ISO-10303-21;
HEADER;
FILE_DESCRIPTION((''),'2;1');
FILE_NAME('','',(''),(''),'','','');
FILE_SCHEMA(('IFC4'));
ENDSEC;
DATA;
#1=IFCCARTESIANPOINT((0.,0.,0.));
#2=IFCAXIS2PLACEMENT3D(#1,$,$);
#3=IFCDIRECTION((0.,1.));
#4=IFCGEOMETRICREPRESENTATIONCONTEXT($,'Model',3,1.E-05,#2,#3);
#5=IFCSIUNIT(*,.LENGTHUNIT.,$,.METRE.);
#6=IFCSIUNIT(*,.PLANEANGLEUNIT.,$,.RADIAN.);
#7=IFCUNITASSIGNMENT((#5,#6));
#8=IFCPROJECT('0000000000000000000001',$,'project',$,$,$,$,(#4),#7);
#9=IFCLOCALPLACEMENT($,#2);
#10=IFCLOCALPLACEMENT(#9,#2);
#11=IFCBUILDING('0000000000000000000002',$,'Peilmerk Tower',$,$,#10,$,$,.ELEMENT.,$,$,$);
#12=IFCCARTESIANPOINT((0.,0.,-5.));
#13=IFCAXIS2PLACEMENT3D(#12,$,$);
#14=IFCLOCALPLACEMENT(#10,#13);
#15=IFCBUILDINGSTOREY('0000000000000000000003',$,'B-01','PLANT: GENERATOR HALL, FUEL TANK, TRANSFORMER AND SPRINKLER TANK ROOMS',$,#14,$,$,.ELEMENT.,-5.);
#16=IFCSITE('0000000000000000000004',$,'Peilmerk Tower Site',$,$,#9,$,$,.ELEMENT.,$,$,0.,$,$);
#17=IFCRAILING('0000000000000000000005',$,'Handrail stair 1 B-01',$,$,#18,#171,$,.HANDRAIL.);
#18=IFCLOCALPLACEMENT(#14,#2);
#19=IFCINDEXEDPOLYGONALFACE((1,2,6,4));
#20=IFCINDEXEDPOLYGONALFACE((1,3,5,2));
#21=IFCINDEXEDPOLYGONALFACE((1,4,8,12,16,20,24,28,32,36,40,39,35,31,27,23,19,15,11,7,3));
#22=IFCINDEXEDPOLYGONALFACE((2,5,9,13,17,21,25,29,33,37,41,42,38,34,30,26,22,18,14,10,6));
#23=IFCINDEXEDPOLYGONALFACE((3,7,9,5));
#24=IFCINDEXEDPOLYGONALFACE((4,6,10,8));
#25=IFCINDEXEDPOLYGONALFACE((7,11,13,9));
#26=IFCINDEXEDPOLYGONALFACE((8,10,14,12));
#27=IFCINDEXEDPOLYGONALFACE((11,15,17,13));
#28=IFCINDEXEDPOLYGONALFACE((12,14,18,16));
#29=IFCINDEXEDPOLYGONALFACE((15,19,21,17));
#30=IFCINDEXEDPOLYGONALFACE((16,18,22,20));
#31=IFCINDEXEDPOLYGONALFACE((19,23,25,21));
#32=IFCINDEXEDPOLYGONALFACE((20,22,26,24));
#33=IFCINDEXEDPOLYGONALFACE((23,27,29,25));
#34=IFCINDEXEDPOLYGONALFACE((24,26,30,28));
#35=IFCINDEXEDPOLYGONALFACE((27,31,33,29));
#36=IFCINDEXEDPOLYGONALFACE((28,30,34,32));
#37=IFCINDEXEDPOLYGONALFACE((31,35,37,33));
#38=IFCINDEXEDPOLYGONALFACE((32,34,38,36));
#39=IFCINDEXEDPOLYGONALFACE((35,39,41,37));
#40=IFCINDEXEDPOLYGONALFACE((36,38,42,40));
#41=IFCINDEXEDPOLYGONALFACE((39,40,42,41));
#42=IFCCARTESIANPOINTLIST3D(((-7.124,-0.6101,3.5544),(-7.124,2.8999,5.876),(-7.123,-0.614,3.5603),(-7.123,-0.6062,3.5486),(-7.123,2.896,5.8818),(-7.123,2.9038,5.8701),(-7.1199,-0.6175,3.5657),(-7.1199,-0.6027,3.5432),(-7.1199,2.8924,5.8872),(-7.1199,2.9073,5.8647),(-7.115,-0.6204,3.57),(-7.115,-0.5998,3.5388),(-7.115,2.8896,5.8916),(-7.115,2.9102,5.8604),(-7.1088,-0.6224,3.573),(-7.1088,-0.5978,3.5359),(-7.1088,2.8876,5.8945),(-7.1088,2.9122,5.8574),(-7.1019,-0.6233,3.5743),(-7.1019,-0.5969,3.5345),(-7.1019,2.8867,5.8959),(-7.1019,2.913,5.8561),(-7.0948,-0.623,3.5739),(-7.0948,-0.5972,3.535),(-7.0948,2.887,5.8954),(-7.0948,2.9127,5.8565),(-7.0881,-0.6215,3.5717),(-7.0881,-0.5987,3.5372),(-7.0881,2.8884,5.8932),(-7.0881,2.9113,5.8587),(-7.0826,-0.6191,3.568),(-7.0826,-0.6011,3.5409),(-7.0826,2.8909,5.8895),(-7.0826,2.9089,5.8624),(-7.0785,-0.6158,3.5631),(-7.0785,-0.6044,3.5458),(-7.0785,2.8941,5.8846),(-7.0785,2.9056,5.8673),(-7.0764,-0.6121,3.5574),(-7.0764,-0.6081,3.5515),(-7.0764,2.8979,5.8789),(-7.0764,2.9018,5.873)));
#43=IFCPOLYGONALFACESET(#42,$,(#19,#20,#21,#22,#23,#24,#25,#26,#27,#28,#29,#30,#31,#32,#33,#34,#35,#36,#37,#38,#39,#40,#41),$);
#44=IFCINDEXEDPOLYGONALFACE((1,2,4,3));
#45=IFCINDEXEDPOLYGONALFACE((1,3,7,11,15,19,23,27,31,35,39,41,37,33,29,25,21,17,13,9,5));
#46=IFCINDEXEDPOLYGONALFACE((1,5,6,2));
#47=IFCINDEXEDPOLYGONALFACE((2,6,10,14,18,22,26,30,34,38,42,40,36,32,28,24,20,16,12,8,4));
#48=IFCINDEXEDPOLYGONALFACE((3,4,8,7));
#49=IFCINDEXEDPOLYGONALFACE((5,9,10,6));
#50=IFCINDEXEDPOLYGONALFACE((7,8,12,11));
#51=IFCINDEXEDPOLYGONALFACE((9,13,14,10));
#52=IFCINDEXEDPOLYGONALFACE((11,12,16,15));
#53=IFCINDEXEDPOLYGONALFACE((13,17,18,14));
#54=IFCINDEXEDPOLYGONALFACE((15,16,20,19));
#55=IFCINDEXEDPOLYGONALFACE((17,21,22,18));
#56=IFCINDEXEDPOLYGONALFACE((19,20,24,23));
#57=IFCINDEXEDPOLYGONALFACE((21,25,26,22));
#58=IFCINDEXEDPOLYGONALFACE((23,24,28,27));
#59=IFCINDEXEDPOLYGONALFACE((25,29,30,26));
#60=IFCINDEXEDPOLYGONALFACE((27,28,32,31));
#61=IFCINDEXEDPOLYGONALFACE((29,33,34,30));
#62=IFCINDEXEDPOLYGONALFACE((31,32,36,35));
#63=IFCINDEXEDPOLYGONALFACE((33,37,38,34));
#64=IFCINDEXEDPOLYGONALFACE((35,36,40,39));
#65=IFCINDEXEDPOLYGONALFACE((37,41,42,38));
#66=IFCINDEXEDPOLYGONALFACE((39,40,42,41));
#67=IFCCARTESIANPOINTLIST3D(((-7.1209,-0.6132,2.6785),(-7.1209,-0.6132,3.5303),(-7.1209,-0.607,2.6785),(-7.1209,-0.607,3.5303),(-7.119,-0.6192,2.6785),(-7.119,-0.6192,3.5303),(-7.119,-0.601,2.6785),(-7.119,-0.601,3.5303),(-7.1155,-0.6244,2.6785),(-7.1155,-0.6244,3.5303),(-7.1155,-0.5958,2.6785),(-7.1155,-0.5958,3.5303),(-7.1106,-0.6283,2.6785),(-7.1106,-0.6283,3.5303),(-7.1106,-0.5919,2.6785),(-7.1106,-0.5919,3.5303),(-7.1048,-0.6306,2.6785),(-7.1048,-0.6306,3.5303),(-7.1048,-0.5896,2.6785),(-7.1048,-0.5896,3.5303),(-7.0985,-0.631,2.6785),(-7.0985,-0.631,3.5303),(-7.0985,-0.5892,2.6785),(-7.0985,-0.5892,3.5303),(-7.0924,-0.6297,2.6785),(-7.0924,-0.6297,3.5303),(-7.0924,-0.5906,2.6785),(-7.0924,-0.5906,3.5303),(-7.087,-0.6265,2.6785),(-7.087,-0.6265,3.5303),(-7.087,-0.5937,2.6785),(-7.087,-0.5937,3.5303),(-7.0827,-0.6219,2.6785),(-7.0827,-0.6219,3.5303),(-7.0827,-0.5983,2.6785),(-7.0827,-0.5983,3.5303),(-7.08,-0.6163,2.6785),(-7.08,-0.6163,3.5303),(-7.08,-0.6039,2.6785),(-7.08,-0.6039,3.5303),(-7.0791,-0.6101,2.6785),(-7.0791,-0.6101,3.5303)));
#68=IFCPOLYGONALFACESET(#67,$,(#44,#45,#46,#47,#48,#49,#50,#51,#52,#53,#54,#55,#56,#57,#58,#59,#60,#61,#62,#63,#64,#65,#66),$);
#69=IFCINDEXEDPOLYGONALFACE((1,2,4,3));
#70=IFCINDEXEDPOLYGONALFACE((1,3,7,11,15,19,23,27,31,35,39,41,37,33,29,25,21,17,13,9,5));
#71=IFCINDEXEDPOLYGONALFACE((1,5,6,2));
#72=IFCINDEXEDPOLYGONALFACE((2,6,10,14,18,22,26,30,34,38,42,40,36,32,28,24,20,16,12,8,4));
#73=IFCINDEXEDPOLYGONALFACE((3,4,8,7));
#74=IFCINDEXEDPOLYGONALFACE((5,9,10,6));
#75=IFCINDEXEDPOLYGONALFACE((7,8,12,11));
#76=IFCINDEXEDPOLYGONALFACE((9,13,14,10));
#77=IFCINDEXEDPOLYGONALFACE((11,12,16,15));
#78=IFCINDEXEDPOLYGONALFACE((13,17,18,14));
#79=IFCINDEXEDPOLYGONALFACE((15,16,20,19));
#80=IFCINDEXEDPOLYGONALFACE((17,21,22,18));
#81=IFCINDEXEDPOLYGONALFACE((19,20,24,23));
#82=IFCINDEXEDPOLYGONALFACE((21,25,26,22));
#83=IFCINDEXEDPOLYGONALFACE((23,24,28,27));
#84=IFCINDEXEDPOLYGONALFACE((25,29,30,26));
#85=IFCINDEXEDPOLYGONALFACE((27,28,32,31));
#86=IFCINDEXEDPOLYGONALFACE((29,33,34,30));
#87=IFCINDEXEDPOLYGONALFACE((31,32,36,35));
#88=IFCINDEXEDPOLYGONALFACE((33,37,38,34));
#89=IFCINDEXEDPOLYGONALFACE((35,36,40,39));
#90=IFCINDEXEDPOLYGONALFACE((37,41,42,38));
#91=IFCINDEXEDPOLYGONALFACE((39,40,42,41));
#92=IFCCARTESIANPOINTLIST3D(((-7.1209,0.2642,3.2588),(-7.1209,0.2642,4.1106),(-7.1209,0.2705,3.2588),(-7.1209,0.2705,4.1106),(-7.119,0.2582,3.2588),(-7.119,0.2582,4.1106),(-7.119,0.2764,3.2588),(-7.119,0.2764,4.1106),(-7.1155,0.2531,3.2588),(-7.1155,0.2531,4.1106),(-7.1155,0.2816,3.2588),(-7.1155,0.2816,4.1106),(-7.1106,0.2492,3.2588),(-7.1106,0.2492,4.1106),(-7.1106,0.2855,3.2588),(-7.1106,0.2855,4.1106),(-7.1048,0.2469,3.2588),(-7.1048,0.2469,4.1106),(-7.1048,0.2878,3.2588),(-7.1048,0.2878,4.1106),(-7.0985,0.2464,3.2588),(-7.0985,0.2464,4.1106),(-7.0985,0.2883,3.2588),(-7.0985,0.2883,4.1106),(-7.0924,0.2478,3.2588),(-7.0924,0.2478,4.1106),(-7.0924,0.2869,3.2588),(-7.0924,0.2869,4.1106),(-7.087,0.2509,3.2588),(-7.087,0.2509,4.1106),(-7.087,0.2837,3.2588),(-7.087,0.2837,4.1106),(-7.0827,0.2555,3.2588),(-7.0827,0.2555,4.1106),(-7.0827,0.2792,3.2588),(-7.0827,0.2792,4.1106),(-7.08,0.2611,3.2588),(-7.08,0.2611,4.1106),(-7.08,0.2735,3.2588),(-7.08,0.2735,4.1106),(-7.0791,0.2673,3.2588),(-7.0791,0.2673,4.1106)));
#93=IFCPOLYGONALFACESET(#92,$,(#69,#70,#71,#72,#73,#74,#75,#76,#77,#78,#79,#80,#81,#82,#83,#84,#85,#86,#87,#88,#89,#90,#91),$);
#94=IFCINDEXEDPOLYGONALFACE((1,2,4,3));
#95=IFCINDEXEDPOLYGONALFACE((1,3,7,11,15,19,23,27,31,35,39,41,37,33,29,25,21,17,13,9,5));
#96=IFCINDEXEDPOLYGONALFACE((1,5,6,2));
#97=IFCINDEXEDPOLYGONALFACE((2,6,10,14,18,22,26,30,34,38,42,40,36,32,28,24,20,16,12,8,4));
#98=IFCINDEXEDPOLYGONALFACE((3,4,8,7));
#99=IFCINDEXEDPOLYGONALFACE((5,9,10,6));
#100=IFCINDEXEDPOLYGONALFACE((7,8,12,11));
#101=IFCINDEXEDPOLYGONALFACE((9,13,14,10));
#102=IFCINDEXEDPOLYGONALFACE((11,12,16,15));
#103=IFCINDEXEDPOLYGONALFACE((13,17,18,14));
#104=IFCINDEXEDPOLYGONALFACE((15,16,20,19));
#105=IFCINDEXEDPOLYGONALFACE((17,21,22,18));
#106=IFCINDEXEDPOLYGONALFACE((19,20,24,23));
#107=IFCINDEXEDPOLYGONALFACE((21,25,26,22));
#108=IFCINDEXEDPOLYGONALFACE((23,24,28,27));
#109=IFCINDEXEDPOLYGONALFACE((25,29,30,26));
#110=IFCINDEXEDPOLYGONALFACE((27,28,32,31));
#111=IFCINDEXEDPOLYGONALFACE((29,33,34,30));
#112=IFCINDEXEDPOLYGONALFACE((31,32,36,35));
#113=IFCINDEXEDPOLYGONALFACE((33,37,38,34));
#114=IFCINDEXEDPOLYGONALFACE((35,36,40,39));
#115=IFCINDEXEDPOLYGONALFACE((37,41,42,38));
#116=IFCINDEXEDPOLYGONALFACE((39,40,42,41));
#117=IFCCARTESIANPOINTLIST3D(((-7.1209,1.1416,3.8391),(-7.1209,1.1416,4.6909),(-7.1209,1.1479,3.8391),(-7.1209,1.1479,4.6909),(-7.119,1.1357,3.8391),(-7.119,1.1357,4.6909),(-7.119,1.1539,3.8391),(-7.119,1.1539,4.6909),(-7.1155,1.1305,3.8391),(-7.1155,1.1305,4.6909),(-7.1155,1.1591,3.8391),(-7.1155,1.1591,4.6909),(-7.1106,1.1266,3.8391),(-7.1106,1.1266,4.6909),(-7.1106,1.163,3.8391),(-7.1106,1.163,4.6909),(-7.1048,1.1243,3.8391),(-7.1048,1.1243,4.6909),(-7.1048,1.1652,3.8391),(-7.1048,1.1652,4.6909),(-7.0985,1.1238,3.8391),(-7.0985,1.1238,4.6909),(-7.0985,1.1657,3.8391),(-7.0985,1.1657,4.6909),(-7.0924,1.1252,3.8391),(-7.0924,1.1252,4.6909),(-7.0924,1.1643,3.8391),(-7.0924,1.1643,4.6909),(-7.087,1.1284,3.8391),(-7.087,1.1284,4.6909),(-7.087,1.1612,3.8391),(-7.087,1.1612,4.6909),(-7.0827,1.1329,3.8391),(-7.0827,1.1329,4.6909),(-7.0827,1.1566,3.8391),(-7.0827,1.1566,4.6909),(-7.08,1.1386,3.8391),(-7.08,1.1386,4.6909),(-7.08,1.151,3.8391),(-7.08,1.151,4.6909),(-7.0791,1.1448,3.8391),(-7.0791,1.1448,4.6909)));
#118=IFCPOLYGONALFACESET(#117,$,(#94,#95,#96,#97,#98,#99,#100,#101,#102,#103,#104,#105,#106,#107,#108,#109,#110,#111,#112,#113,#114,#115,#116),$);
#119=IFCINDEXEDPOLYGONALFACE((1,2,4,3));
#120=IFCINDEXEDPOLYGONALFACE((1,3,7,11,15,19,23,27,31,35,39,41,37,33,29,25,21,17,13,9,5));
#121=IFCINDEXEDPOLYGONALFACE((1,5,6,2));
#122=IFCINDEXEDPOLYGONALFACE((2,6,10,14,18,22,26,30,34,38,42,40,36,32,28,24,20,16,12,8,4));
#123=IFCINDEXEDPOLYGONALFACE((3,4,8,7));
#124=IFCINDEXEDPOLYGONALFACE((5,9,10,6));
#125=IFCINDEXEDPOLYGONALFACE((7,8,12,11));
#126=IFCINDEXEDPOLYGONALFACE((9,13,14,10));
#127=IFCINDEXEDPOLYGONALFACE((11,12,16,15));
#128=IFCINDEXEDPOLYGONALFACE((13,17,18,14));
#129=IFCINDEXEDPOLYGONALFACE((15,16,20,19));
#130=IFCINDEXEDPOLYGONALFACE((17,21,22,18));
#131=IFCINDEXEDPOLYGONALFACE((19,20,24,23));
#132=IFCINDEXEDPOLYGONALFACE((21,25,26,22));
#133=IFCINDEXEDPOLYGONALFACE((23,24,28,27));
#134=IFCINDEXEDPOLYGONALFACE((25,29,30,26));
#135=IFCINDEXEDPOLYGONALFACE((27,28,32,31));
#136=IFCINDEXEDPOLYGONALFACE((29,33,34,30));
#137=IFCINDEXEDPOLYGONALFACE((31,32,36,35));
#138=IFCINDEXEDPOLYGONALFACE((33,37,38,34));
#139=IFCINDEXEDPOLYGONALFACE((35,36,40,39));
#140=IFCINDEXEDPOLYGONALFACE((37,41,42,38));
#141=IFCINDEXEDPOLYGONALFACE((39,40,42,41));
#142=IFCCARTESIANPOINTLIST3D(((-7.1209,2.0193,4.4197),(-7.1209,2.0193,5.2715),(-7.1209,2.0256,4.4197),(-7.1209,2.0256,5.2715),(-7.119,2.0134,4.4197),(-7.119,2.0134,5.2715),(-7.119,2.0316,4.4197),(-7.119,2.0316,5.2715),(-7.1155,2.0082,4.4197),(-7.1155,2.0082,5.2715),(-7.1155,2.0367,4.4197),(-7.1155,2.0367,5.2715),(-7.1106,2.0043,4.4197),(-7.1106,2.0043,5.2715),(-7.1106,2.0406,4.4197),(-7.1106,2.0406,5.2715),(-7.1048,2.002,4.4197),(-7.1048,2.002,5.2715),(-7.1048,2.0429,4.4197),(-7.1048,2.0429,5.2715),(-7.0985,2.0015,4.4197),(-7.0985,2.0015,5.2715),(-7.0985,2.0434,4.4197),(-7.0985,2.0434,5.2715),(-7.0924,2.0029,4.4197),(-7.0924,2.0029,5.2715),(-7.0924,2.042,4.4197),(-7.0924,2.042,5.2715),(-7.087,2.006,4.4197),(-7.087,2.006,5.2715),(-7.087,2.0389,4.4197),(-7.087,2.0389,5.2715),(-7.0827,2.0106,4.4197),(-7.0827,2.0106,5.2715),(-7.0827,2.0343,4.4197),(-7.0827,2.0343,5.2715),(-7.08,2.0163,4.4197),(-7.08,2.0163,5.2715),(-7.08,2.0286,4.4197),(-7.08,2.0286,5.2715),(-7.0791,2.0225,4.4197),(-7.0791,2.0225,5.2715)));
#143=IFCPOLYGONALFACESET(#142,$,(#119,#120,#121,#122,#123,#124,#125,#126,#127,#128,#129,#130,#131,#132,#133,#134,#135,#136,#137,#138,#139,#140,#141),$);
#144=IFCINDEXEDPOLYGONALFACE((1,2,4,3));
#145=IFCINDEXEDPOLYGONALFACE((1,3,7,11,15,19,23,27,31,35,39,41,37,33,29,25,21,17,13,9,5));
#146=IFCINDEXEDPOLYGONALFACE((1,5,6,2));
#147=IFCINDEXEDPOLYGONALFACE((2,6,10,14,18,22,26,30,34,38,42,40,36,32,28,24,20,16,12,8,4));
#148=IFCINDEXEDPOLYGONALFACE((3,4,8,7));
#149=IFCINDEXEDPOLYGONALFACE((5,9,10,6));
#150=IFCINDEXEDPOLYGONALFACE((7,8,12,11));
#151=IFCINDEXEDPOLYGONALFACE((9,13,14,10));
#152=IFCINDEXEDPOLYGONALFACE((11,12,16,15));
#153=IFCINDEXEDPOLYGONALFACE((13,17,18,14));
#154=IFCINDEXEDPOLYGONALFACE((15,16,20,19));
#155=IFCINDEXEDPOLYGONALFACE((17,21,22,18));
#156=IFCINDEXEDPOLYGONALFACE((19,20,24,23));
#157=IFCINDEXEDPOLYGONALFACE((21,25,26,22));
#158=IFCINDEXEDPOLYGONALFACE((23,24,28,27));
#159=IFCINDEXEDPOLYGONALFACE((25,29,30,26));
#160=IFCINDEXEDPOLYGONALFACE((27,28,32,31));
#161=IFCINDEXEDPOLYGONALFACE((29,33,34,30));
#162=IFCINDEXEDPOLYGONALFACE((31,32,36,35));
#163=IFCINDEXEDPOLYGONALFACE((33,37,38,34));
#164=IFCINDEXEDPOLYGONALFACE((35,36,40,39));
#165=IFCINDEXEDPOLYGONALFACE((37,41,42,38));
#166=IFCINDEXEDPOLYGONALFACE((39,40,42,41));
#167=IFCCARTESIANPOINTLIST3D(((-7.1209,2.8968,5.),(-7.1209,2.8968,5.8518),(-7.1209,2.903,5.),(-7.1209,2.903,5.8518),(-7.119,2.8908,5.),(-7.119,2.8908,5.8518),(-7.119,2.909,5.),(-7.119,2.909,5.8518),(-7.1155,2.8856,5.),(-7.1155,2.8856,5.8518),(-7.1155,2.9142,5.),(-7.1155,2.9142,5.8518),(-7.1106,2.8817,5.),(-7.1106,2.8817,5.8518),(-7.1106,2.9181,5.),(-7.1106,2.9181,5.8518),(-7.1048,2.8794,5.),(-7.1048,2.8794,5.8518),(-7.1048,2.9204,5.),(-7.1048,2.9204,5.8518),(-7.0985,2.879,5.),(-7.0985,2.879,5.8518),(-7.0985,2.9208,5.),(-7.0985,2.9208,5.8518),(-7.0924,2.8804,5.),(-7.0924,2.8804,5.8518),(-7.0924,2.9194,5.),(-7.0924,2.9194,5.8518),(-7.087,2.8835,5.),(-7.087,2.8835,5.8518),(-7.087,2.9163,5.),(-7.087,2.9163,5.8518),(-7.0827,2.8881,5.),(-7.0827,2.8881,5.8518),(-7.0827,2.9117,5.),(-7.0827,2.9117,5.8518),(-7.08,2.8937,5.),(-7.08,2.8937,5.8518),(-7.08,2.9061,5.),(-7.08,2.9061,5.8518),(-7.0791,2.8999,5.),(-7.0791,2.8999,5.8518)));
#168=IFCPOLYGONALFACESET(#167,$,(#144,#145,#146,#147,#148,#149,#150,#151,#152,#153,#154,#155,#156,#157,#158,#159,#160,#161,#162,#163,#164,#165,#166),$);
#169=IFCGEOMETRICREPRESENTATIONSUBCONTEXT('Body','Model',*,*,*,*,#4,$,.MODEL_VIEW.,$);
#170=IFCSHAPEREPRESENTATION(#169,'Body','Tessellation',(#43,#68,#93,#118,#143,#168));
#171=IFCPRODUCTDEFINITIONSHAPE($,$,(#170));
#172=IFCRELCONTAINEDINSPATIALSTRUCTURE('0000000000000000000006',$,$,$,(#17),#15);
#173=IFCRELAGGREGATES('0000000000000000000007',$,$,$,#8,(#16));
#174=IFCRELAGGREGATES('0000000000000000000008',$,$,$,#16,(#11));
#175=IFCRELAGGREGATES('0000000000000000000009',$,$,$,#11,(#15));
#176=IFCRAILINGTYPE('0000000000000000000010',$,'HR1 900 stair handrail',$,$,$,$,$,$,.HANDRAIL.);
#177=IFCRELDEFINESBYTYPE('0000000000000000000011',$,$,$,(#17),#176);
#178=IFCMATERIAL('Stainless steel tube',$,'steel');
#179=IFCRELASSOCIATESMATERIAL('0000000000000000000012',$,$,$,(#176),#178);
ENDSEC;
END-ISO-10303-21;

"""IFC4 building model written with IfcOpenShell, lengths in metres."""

from ifc_helpers import new_model, si_unit, direction, frame, origin, origin_2d, place, context, subcontext, project, spatial, circle, extrude, material, type_object, element, save


model = new_model("IFC4")

# Units and contexts
model_context = context("Model", 3, precision=1e-05, world=origin(), true_north=direction((0.0, 1.0)))
body_context = subcontext(model_context, "Body", "Model", "MODEL_VIEW")
ifc_project = project(units=[si_unit("LENGTHUNIT", "METRE"), si_unit("PLANEANGLEUNIT", "RADIAN")], contexts=[model_context])

# Site, building, storey
site_placement = place(None, origin())
site = spatial("IfcSite", under=ifc_project, at=site_placement, Name="Peilmerk Tower Site", CompositionType="ELEMENT", RefElevation=0.0)
building_placement = place(site_placement, origin())
building = spatial("IfcBuilding", under=site, at=building_placement, Name="Peilmerk Tower", CompositionType="ELEMENT")
storey_placement = place(building_placement, frame((0.0, 0.0, -5.0)))
storey = spatial("IfcBuildingStorey", under=building, at=storey_placement, Name="B-01", Description="PLANT: GENERATOR HALL, FUEL TANK, TRANSFORMER AND SPRINKLER TANK ROOMS", CompositionType="ELEMENT", Elevation=-5.0)

# Railing
ifc_material_1 = material(Name="Stainless steel tube", Category="steel")
railing_type_1 = type_object("IfcRailingType", Name="HR1 900 stair handrail", PredefinedType="HANDRAIL", material=ifc_material_1)
railing_1_placement = place(storey_placement, frame((-7.1001, -0.6101, 2.6785)))
element("IfcRailing", 1, at=railing_1_placement, inside=storey, type_object=railing_type_1, Name="Handrail stair 1 B-01", PredefinedType="HANDRAIL", context=body_context, shape_type="SweptSolid", body=[
    extrude(circle(Radius=0.0239, at=origin_2d()), frame((0.0, 0.0, 0.876), z_axis=(0.0, 0.834071, 0.551657), x_axis=(-1.0, 0.0, 0.0)), (0.0, 0.0, 1.0), 4.2083),
    extrude(circle(Radius=0.021, at=origin_2d()), origin(), (0.0, 0.0, 1.0), 0.8518),
    extrude(circle(Radius=0.021, at=origin_2d()), frame((0.0, 0.8774, 0.5803)), (0.0, 0.0, 1.0), 0.8518),
    extrude(circle(Radius=0.021, at=origin_2d()), frame((0.0, 1.7549, 1.1606)), (0.0, 0.0, 1.0), 0.8518),
    extrude(circle(Radius=0.021, at=origin_2d()), frame((0.0, 2.6326, 1.7412)), (0.0, 0.0, 1.0), 0.8518),
    extrude(circle(Radius=0.021, at=origin_2d()), frame((0.0, 3.51, 2.3215)), (0.0, 0.0, 1.0), 0.8518),
])

save(model, "model.ifc")
